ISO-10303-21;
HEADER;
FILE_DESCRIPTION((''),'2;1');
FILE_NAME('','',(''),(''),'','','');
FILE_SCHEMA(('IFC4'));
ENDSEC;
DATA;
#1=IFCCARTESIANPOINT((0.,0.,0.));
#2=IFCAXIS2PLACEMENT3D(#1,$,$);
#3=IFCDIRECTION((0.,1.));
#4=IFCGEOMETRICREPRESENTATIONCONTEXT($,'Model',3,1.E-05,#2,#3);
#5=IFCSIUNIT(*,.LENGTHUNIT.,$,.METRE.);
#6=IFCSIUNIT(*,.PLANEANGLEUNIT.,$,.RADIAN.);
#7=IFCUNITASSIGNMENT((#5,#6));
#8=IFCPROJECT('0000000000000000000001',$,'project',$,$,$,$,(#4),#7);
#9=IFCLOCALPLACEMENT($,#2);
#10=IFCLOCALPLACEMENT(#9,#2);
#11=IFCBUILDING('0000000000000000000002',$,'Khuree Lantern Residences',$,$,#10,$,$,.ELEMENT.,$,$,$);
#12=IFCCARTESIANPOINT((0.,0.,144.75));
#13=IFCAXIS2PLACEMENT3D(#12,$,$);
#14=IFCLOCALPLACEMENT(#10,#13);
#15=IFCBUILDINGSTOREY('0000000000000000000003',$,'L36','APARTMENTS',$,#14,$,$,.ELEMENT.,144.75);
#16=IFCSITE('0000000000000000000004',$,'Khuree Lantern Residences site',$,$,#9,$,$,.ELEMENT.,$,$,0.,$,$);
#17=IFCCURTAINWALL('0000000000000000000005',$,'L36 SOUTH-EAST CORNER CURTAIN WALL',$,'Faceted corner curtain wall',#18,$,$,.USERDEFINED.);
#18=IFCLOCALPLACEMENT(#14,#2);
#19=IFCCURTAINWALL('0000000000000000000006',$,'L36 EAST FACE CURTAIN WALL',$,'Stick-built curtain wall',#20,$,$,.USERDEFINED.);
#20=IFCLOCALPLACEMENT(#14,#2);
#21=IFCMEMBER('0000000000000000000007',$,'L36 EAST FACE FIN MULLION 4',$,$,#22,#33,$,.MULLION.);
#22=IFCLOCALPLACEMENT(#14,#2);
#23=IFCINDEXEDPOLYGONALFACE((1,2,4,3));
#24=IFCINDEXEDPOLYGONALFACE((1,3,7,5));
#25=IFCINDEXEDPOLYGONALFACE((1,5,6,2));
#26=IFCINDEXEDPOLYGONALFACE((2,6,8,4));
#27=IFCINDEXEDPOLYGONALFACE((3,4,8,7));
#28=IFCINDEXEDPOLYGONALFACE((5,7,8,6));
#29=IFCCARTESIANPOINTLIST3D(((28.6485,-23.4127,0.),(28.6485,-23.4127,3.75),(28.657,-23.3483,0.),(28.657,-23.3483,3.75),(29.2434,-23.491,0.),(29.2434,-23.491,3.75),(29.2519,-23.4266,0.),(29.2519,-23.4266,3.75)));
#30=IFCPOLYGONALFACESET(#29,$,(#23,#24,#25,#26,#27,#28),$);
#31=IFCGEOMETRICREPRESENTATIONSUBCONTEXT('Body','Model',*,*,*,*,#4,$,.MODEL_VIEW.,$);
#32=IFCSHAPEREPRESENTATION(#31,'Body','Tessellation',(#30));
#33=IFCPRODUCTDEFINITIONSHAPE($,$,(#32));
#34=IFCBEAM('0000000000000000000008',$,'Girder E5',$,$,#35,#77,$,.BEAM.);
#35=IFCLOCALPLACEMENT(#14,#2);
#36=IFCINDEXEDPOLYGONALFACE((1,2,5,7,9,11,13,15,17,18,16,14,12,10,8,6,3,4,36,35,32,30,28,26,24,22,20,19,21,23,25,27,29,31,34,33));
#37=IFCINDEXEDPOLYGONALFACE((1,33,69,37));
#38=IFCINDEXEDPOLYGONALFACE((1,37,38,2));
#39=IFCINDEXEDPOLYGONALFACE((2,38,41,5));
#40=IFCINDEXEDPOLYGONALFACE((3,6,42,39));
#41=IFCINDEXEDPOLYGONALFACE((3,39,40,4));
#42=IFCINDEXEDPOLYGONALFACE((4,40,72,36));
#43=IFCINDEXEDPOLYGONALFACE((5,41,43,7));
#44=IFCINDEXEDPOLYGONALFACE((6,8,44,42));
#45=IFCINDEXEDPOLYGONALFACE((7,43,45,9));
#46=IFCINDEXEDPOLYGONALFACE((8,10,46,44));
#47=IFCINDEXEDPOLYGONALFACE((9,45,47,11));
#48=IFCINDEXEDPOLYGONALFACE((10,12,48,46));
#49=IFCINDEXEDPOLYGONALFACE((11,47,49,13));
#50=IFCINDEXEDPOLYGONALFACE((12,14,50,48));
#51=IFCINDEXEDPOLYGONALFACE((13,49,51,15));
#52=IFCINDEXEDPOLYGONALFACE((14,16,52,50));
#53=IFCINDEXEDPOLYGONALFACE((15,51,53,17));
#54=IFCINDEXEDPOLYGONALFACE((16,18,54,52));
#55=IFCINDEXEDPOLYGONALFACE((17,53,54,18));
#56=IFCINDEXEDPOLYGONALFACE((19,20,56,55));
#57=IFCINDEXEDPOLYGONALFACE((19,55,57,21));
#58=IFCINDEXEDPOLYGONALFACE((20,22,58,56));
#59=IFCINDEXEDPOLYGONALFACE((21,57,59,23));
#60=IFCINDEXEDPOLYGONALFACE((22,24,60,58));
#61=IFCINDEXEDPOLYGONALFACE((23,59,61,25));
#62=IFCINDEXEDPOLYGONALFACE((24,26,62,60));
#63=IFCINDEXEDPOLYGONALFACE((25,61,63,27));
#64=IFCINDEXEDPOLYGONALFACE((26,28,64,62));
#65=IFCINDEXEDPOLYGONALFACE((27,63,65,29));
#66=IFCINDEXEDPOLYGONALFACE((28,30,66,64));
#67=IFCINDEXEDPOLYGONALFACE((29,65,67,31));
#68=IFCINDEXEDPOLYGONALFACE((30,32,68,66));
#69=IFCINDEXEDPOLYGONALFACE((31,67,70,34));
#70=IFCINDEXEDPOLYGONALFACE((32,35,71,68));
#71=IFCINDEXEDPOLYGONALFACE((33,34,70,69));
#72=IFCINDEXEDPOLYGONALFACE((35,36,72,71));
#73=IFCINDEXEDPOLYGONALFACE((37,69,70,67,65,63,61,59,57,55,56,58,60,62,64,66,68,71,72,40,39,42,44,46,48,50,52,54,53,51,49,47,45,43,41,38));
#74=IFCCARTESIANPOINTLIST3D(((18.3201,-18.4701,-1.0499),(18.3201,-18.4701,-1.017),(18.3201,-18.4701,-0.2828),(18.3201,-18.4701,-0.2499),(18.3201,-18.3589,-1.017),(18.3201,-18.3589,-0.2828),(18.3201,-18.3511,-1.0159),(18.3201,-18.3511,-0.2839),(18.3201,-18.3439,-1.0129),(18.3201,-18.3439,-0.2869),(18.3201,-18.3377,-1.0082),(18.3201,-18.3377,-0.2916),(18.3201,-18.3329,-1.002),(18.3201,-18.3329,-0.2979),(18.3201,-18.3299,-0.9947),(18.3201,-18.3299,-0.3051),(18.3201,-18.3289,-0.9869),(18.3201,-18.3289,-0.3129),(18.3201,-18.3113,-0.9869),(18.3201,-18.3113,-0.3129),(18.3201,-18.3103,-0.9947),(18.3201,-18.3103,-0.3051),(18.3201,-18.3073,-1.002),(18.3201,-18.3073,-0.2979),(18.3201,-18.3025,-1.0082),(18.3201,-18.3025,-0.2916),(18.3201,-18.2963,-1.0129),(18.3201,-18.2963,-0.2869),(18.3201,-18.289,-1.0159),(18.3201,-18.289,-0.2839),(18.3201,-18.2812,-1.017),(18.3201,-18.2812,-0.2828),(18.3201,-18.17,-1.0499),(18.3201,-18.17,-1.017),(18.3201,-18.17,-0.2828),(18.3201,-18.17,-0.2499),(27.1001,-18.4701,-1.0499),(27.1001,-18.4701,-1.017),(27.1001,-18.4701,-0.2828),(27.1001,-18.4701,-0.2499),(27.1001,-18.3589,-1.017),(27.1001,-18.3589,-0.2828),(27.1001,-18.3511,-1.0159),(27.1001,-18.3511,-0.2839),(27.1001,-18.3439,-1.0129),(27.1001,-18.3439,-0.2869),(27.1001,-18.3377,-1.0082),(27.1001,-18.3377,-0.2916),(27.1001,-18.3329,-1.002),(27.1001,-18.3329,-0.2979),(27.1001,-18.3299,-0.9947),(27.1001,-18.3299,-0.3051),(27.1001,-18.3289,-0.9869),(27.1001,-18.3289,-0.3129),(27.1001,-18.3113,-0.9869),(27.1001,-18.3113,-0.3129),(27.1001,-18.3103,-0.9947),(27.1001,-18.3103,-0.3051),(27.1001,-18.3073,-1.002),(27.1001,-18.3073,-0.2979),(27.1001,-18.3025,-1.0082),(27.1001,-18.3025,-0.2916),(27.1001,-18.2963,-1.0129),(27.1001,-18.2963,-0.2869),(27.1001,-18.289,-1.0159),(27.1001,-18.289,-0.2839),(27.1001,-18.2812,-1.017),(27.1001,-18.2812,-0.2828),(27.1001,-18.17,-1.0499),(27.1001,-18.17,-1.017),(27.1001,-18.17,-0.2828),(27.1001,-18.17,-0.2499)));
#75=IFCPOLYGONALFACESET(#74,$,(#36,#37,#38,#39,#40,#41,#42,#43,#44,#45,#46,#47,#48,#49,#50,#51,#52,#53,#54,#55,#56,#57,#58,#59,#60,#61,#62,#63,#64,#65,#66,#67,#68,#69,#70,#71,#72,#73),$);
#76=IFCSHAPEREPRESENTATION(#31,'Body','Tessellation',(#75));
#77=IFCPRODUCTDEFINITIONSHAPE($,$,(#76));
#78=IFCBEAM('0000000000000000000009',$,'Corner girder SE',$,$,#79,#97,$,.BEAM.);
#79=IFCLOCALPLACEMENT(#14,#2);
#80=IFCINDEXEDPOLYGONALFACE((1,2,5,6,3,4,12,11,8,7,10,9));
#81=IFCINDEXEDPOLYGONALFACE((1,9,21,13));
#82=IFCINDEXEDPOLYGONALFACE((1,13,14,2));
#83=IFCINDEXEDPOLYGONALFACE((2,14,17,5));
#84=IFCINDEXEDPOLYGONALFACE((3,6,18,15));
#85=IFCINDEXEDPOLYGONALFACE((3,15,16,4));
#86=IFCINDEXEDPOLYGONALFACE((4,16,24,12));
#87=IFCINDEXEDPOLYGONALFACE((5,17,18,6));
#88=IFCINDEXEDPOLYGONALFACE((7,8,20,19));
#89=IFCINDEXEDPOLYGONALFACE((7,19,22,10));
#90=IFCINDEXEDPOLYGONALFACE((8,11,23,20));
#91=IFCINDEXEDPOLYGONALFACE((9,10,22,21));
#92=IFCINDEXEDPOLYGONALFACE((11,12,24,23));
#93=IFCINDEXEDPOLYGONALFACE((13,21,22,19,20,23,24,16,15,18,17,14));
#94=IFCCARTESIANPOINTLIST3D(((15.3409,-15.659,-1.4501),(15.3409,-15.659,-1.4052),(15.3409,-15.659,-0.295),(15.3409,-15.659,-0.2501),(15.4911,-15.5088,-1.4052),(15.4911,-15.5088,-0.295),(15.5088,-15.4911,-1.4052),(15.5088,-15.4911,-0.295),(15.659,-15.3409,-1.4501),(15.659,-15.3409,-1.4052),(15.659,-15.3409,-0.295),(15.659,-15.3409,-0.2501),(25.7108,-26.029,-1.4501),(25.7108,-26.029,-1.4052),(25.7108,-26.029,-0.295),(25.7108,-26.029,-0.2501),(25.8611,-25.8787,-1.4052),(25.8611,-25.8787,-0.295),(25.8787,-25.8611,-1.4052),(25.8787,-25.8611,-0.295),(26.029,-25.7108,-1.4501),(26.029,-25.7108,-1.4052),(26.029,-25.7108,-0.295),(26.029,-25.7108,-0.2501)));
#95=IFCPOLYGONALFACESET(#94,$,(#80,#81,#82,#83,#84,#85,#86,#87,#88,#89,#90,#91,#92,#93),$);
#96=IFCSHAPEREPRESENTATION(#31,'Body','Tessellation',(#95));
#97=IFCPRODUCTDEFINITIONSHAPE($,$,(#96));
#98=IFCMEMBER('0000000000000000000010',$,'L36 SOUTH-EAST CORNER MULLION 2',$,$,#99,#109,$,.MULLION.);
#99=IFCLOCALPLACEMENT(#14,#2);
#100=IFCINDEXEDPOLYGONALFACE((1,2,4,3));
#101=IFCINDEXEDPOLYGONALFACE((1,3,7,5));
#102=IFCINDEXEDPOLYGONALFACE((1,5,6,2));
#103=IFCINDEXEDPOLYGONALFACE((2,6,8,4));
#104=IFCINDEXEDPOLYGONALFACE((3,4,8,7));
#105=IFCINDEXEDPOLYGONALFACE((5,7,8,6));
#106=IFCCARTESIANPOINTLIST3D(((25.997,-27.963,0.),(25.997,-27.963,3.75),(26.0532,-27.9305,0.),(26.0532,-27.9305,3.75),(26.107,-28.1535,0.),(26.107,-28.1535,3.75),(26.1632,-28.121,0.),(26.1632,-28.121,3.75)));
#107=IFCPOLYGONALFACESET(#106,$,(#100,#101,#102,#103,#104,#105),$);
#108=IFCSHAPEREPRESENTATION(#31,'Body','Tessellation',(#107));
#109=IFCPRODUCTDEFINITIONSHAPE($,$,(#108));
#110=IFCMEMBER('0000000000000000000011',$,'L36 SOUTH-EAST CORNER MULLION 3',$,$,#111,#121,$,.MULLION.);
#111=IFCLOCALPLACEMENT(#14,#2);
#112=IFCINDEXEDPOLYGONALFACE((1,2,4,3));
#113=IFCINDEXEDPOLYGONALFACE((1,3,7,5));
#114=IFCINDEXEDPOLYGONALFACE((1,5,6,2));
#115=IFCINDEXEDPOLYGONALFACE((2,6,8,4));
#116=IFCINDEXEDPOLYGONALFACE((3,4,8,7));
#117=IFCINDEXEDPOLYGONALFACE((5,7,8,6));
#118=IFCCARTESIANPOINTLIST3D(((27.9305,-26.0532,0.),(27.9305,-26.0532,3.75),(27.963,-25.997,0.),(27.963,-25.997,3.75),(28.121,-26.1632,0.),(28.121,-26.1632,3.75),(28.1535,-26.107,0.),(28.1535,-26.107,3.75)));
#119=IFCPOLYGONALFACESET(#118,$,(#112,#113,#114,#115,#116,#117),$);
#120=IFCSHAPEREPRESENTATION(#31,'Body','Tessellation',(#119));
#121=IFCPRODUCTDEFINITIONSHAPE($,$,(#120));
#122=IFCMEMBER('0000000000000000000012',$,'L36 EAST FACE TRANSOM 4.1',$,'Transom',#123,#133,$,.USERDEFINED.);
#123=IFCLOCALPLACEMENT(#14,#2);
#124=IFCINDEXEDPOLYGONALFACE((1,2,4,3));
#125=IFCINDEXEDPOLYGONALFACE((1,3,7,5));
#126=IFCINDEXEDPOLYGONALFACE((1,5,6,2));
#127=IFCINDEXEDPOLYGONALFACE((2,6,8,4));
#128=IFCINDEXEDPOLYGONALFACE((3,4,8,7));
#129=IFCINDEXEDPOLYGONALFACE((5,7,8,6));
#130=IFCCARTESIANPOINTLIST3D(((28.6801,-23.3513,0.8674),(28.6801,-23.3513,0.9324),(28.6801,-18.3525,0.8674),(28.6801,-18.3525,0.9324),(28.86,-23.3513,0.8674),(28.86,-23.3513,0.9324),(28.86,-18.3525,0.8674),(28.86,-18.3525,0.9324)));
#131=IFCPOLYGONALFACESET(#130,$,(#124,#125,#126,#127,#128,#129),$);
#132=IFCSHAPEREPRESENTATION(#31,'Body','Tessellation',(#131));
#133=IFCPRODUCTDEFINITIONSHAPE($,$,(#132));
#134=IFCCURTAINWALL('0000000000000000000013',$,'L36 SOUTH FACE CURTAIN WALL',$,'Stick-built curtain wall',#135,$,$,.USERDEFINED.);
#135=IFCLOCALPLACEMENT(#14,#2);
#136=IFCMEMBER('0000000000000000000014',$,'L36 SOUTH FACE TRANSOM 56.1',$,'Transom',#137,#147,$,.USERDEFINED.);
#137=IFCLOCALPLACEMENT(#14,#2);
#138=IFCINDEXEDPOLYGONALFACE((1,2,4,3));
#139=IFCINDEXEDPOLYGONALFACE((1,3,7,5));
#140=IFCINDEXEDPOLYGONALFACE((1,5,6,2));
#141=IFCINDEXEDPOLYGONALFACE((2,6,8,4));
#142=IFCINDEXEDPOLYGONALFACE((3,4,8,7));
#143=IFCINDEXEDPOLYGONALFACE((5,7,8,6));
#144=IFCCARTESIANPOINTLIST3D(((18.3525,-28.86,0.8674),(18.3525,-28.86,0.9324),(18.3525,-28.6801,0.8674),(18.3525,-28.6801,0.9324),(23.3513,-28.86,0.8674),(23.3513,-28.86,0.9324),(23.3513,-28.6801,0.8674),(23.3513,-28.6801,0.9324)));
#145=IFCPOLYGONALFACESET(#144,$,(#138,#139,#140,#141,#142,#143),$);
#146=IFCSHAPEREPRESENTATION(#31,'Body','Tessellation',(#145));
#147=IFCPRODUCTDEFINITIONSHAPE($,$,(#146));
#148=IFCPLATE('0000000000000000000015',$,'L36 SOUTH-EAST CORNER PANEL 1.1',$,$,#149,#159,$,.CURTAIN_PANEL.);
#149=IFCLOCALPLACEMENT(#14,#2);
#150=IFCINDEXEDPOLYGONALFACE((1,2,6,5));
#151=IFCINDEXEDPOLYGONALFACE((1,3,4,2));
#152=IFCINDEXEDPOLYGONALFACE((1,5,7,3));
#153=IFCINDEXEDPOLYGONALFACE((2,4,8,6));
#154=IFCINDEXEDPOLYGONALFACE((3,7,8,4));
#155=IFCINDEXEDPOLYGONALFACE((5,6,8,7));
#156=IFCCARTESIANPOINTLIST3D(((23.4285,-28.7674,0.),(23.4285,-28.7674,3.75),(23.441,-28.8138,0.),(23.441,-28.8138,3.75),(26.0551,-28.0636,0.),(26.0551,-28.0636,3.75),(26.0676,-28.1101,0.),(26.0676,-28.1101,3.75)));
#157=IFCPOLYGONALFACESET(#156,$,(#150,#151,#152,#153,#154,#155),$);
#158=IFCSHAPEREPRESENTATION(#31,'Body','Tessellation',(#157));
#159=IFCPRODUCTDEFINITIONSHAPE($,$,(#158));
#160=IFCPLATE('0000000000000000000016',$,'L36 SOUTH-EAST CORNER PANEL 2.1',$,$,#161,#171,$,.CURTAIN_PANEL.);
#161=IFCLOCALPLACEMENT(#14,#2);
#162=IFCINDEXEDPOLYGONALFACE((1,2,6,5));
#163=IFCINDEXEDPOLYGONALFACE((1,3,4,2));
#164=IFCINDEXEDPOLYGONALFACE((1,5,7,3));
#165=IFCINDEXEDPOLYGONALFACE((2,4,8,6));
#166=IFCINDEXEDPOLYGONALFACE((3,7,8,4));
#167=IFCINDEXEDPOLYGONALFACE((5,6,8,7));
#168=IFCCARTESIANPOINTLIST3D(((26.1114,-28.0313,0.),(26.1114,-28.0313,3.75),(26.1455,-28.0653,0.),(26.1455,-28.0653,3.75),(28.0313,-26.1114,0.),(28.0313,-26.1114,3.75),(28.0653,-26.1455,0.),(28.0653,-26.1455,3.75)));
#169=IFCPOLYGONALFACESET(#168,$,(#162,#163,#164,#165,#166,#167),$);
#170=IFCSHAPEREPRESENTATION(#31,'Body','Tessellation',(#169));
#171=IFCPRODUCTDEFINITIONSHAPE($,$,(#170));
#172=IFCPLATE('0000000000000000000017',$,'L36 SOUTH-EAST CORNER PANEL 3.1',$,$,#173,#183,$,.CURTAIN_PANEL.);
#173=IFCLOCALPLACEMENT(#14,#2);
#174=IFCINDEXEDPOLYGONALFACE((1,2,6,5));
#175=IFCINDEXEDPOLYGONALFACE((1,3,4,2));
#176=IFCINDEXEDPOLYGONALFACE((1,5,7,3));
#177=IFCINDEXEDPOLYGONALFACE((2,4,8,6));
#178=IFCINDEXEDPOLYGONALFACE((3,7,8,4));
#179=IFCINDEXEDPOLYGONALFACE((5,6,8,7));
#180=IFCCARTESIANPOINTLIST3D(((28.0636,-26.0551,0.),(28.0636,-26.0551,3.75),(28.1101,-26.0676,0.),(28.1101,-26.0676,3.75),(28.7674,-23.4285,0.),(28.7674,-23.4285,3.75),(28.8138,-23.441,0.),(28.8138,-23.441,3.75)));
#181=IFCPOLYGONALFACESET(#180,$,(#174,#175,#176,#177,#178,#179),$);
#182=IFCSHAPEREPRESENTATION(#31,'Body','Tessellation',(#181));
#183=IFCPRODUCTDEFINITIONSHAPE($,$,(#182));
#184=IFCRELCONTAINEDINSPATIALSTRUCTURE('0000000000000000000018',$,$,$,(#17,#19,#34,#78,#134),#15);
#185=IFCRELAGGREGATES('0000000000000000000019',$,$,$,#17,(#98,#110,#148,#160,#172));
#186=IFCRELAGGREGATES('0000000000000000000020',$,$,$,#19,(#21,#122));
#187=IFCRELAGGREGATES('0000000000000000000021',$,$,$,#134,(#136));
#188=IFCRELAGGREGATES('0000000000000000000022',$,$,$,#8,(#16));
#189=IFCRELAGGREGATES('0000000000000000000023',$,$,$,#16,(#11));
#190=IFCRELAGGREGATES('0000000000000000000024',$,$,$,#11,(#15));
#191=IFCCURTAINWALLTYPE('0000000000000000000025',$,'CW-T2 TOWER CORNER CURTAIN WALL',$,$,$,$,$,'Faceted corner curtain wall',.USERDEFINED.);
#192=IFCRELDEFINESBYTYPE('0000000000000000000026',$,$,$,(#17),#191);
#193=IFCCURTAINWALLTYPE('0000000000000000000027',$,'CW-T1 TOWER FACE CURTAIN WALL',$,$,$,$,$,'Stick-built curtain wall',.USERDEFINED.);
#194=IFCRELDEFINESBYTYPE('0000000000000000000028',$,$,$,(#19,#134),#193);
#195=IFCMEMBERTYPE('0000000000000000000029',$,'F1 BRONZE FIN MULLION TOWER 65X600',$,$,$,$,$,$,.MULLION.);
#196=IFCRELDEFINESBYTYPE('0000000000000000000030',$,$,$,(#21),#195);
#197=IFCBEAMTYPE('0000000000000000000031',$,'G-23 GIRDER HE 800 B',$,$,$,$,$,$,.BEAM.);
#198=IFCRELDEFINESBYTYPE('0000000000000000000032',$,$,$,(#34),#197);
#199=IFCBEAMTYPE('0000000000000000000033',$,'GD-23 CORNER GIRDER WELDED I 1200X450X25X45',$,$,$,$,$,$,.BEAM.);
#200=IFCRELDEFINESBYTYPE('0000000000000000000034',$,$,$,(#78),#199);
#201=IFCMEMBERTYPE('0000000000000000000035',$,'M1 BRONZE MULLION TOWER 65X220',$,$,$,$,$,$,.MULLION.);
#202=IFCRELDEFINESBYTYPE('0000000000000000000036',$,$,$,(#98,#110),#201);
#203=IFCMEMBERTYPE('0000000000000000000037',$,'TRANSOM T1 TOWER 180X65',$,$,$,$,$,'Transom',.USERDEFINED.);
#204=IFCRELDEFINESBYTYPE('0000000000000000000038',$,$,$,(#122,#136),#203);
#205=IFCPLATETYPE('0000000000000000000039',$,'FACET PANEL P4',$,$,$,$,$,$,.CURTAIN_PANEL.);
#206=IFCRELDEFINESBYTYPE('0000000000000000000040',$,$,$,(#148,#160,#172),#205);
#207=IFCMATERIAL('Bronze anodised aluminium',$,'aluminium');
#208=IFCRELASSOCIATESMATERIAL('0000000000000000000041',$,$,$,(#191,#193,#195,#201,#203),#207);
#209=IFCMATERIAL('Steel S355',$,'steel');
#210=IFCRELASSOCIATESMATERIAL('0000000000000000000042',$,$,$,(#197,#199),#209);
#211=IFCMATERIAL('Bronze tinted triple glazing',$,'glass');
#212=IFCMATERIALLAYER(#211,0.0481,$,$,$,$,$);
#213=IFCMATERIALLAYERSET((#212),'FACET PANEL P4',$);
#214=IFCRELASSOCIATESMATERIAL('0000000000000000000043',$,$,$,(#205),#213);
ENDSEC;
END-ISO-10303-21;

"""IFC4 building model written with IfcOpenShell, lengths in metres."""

from ifc_helpers import new_model, si_unit, direction, frame, origin, origin_2d, place, context, subcontext, project, spatial, rectangle, i_section, extrude, material, layer, layer_set, material_profile, profile_set, type_object, element, aggregate, save


model = new_model("IFC4")

# Units and contexts
model_context = context("Model", 3, precision=1e-05, world=origin(), true_north=direction((0.0, 1.0)))
body_context = subcontext(model_context, "Body", "Model", "MODEL_VIEW")
ifc_project = project(units=[si_unit("LENGTHUNIT", "METRE"), si_unit("PLANEANGLEUNIT", "RADIAN")], contexts=[model_context])

# Site, building, storey
site_placement = place(None, origin())
site = spatial("IfcSite", under=ifc_project, at=site_placement, Name="Khuree Lantern Residences site", CompositionType="ELEMENT", RefElevation=0.0)
building_placement = place(site_placement, origin())
building = spatial("IfcBuilding", under=site, at=building_placement, Name="Khuree Lantern Residences", CompositionType="ELEMENT")
storey_placement = place(building_placement, frame((0.0, 0.0, 144.75)))
storey = spatial("IfcBuildingStorey", under=building, at=storey_placement, Name="L36", Description="APARTMENTS", CompositionType="ELEMENT", Elevation=144.75)

# Shared definitions
ifc_material_1 = material(Name="Steel S355", Category="steel")

# Curtain walls, member
ifc_material_2 = material(Name="Bronze anodised aluminium", Category="aluminium")
curtain_wall_type_1 = type_object("IfcCurtainWallType", Name="CW-T2 TOWER CORNER CURTAIN WALL", ElementType="Faceted corner curtain wall", PredefinedType="USERDEFINED", material=ifc_material_2)
curtain_wall_1_placement = place(storey_placement, origin())
curtain_wall_1 = element("IfcCurtainWall", 1, at=curtain_wall_1_placement, inside=storey, type_object=curtain_wall_type_1, Name="L36 SOUTH-EAST CORNER CURTAIN WALL", ObjectType="Faceted corner curtain wall", PredefinedType="USERDEFINED")
ifc_material_profile_1 = material_profile(ifc_material_2, rectangle(XDim=0.0649, YDim=0.6001, at=origin_2d()), Name="F1 65X600")
ifc_profile_set_1 = profile_set([ifc_material_profile_1], Name="Bronze anodised aluminium")
member_type_1 = type_object("IfcMemberType", Name="F1 BRONZE FIN MULLION TOWER 65X600", PredefinedType="MULLION", material=ifc_profile_set_1)
curtain_wall_type_2 = type_object("IfcCurtainWallType", Name="CW-T1 TOWER FACE CURTAIN WALL", ElementType="Stick-built curtain wall", PredefinedType="USERDEFINED", material=ifc_material_2)
curtain_wall_2_placement = place(storey_placement, origin())
curtain_wall_2 = element("IfcCurtainWall", 2, at=curtain_wall_2_placement, inside=storey, type_object=curtain_wall_type_2, Name="L36 EAST FACE CURTAIN WALL", ObjectType="Stick-built curtain wall", PredefinedType="USERDEFINED")
member_1_placement = place(storey_placement, frame((28.9502, -23.4197, 0.0), z_axis=(0.0, 0.0, 1.0), x_axis=(0.130526, 0.991445, 0.0)))
member_1 = element("IfcMember", 3, at=member_1_placement, type_object=member_type_1, Name="L36 EAST FACE FIN MULLION 4", PredefinedType="MULLION", context=body_context, shape_type="SweptSolid", body=[
    extrude(rectangle(XDim=0.0649, YDim=0.6001, at=origin_2d()), origin(), (0.0, 0.0, 1.0), 3.75),
])

# Beams
ifc_material_profile_2 = material_profile(ifc_material_1, i_section(OverallWidth=0.3, OverallDepth=0.8, WebThickness=0.0176, FlangeThickness=0.033, FilletRadius=0.03, at=origin_2d()), Name="HE 800 B")
ifc_profile_set_2 = profile_set([ifc_material_profile_2], Name="Steel S355")
beam_type_1 = type_object("IfcBeamType", Name="G-23 GIRDER HE 800 B", PredefinedType="BEAM", material=ifc_profile_set_2)
beam_1_placement = place(storey_placement, frame((27.1001, -18.3201, -0.6499), z_axis=(-1.0, 0.0, 0.0), x_axis=(0.0, -1.0, 0.0)))
element("IfcBeam", 4, at=beam_1_placement, inside=storey, type_object=beam_type_1, Name="Girder E5", PredefinedType="BEAM", context=body_context, shape_type="SweptSolid", body=[
    extrude(i_section(OverallWidth=0.3, OverallDepth=0.8, WebThickness=0.0176, FlangeThickness=0.033, FilletRadius=0.03, at=origin_2d()), origin(), (0.0, 0.0, 1.0), 8.78),
])
ifc_material_profile_3 = material_profile(ifc_material_1, i_section(OverallWidth=0.45, OverallDepth=1.2, WebThickness=0.0249, FlangeThickness=0.0449, at=origin_2d()), Name="WELDED I 1200X450X25X45")
ifc_profile_set_3 = profile_set([ifc_material_profile_3], Name="Steel S355")
beam_type_2 = type_object("IfcBeamType", Name="GD-23 CORNER GIRDER WELDED I 1200X450X25X45", PredefinedType="BEAM", material=ifc_profile_set_3)
beam_2_placement = place(storey_placement, frame((25.8699, -25.8699, -0.8501), z_axis=(-0.707107, 0.707107, 0.0), x_axis=(-0.707107, -0.707107, 0.0)))
element("IfcBeam", 5, at=beam_2_placement, inside=storey, type_object=beam_type_2, Name="Corner girder SE", PredefinedType="BEAM", context=body_context, shape_type="SweptSolid", body=[
    extrude(i_section(OverallWidth=0.45, OverallDepth=1.2, WebThickness=0.0249, FlangeThickness=0.0449, at=origin_2d()), origin(), (0.0, 0.0, 1.0), 14.6653),
])

# Members
ifc_material_profile_4 = material_profile(ifc_material_2, rectangle(XDim=0.0649, YDim=0.22, at=origin_2d()), Name="M1 65X220")
ifc_profile_set_4 = profile_set([ifc_material_profile_4], Name="Bronze anodised aluminium")
member_type_2 = type_object("IfcMemberType", Name="M1 BRONZE MULLION TOWER 65X220", PredefinedType="MULLION", material=ifc_profile_set_4)
member_2_placement = place(storey_placement, frame((26.0801, -28.042, 0.0), z_axis=(0.0, 0.0, 1.0), x_axis=(0.866025, 0.5, 0.0)))
member_2 = element("IfcMember", 6, at=member_2_placement, type_object=member_type_2, Name="L36 SOUTH-EAST CORNER MULLION 2", PredefinedType="MULLION", context=body_context, shape_type="SweptSolid", body=[
    extrude(rectangle(XDim=0.0649, YDim=0.22, at=origin_2d()), origin(), (0.0, 0.0, 1.0), 3.75),
])
member_3_placement = place(storey_placement, frame((28.042, -26.0801, 0.0), z_axis=(0.0, 0.0, 1.0), x_axis=(0.5, 0.866025, 0.0)))
member_3 = element("IfcMember", 7, at=member_3_placement, type_object=member_type_2, Name="L36 SOUTH-EAST CORNER MULLION 3", PredefinedType="MULLION", context=body_context, shape_type="SweptSolid", body=[
    extrude(rectangle(XDim=0.0649, YDim=0.22, at=origin_2d()), origin(), (0.0, 0.0, 1.0), 3.75),
])
ifc_material_profile_5 = material_profile(ifc_material_2, rectangle(XDim=0.1799, YDim=0.0649, at=origin_2d()), Name="T1 180X65")
ifc_profile_set_5 = profile_set([ifc_material_profile_5], Name="Bronze anodised aluminium")
member_type_3 = type_object("IfcMemberType", Name="TRANSOM T1 TOWER 180X65", ElementType="Transom", PredefinedType="USERDEFINED", material=ifc_profile_set_5)
member_4_placement = place(storey_placement, frame((28.77, -23.3513, 0.8999), z_axis=(0.0, 1.0, 0.0), x_axis=(-1.0, 0.0, 0.0)))
member_4 = element("IfcMember", 8, at=member_4_placement, type_object=member_type_3, Name="L36 EAST FACE TRANSOM 4.1", ObjectType="Transom", PredefinedType="USERDEFINED", context=body_context, shape_type="SweptSolid", body=[
    extrude(rectangle(XDim=0.1799, YDim=0.0649, at=origin_2d()), origin(), (0.0, 0.0, 1.0), 4.9988),
])

# Curtain wall, member
curtain_wall_3_placement = place(storey_placement, origin())
curtain_wall_3 = element("IfcCurtainWall", 9, at=curtain_wall_3_placement, inside=storey, type_object=curtain_wall_type_2, Name="L36 SOUTH FACE CURTAIN WALL", ObjectType="Stick-built curtain wall", PredefinedType="USERDEFINED")
member_5_placement = place(storey_placement, frame((18.3525, -28.77, 0.8999), z_axis=(1.0, 0.0, 0.0), x_axis=(0.0, 1.0, 0.0)))
member_5 = element("IfcMember", 10, at=member_5_placement, type_object=member_type_3, Name="L36 SOUTH FACE TRANSOM 56.1", ObjectType="Transom", PredefinedType="USERDEFINED", context=body_context, shape_type="SweptSolid", body=[
    extrude(rectangle(XDim=0.1799, YDim=0.0649, at=origin_2d()), origin(), (0.0, 0.0, 1.0), 4.9988),
])

# Plates
ifc_material_3 = material(Name="Bronze tinted triple glazing", Category="glass")
ifc_layer_1 = layer(ifc_material_3, 0.0481)
ifc_layer_set_1 = layer_set([ifc_layer_1], Name="FACET PANEL P4")
plate_type_1 = type_object("IfcPlateType", Name="FACET PANEL P4", PredefinedType="CURTAIN_PANEL", material=ifc_layer_set_1)
plate_1_placement = place(storey_placement, frame((24.748, -28.4387, 0.0), z_axis=(0.0, 0.0, 1.0), x_axis=(0.965926, 0.258819, 0.0)))
plate_1 = element("IfcPlate", 11, at=plate_1_placement, type_object=plate_type_1, Name="L36 SOUTH-EAST CORNER PANEL 1.1", PredefinedType="CURTAIN_PANEL", context=body_context, shape_type="SweptSolid", body=[
    extrude(rectangle(XDim=2.7192, YDim=0.0481, at=origin_2d()), origin(), (0.0, 0.0, 1.0), 3.75),
])
plate_2_placement = place(storey_placement, frame((27.0884, -27.0884, 0.0), z_axis=(0.0, 0.0, 1.0), x_axis=(0.707107, 0.707107, 0.0)))
plate_2 = element("IfcPlate", 12, at=plate_2_placement, type_object=plate_type_1, Name="L36 SOUTH-EAST CORNER PANEL 2.1", PredefinedType="CURTAIN_PANEL", context=body_context, shape_type="SweptSolid", body=[
    extrude(rectangle(XDim=2.7151, YDim=0.0481, at=origin_2d()), origin(), (0.0, 0.0, 1.0), 3.75),
])
plate_3_placement = place(storey_placement, frame((28.4387, -24.748, 0.0), z_axis=(0.0, 0.0, 1.0), x_axis=(0.258819, 0.965926, 0.0)))
plate_3 = element("IfcPlate", 13, at=plate_3_placement, type_object=plate_type_1, Name="L36 SOUTH-EAST CORNER PANEL 3.1", PredefinedType="CURTAIN_PANEL", context=body_context, shape_type="SweptSolid", body=[
    extrude(rectangle(XDim=2.7192, YDim=0.0481, at=origin_2d()), origin(), (0.0, 0.0, 1.0), 3.75),
])
aggregate(curtain_wall_1, [member_2, member_3, plate_1, plate_2, plate_3])
aggregate(curtain_wall_2, [member_1, member_4])
aggregate(curtain_wall_3, [member_5])

save(model, "model.ifc")
